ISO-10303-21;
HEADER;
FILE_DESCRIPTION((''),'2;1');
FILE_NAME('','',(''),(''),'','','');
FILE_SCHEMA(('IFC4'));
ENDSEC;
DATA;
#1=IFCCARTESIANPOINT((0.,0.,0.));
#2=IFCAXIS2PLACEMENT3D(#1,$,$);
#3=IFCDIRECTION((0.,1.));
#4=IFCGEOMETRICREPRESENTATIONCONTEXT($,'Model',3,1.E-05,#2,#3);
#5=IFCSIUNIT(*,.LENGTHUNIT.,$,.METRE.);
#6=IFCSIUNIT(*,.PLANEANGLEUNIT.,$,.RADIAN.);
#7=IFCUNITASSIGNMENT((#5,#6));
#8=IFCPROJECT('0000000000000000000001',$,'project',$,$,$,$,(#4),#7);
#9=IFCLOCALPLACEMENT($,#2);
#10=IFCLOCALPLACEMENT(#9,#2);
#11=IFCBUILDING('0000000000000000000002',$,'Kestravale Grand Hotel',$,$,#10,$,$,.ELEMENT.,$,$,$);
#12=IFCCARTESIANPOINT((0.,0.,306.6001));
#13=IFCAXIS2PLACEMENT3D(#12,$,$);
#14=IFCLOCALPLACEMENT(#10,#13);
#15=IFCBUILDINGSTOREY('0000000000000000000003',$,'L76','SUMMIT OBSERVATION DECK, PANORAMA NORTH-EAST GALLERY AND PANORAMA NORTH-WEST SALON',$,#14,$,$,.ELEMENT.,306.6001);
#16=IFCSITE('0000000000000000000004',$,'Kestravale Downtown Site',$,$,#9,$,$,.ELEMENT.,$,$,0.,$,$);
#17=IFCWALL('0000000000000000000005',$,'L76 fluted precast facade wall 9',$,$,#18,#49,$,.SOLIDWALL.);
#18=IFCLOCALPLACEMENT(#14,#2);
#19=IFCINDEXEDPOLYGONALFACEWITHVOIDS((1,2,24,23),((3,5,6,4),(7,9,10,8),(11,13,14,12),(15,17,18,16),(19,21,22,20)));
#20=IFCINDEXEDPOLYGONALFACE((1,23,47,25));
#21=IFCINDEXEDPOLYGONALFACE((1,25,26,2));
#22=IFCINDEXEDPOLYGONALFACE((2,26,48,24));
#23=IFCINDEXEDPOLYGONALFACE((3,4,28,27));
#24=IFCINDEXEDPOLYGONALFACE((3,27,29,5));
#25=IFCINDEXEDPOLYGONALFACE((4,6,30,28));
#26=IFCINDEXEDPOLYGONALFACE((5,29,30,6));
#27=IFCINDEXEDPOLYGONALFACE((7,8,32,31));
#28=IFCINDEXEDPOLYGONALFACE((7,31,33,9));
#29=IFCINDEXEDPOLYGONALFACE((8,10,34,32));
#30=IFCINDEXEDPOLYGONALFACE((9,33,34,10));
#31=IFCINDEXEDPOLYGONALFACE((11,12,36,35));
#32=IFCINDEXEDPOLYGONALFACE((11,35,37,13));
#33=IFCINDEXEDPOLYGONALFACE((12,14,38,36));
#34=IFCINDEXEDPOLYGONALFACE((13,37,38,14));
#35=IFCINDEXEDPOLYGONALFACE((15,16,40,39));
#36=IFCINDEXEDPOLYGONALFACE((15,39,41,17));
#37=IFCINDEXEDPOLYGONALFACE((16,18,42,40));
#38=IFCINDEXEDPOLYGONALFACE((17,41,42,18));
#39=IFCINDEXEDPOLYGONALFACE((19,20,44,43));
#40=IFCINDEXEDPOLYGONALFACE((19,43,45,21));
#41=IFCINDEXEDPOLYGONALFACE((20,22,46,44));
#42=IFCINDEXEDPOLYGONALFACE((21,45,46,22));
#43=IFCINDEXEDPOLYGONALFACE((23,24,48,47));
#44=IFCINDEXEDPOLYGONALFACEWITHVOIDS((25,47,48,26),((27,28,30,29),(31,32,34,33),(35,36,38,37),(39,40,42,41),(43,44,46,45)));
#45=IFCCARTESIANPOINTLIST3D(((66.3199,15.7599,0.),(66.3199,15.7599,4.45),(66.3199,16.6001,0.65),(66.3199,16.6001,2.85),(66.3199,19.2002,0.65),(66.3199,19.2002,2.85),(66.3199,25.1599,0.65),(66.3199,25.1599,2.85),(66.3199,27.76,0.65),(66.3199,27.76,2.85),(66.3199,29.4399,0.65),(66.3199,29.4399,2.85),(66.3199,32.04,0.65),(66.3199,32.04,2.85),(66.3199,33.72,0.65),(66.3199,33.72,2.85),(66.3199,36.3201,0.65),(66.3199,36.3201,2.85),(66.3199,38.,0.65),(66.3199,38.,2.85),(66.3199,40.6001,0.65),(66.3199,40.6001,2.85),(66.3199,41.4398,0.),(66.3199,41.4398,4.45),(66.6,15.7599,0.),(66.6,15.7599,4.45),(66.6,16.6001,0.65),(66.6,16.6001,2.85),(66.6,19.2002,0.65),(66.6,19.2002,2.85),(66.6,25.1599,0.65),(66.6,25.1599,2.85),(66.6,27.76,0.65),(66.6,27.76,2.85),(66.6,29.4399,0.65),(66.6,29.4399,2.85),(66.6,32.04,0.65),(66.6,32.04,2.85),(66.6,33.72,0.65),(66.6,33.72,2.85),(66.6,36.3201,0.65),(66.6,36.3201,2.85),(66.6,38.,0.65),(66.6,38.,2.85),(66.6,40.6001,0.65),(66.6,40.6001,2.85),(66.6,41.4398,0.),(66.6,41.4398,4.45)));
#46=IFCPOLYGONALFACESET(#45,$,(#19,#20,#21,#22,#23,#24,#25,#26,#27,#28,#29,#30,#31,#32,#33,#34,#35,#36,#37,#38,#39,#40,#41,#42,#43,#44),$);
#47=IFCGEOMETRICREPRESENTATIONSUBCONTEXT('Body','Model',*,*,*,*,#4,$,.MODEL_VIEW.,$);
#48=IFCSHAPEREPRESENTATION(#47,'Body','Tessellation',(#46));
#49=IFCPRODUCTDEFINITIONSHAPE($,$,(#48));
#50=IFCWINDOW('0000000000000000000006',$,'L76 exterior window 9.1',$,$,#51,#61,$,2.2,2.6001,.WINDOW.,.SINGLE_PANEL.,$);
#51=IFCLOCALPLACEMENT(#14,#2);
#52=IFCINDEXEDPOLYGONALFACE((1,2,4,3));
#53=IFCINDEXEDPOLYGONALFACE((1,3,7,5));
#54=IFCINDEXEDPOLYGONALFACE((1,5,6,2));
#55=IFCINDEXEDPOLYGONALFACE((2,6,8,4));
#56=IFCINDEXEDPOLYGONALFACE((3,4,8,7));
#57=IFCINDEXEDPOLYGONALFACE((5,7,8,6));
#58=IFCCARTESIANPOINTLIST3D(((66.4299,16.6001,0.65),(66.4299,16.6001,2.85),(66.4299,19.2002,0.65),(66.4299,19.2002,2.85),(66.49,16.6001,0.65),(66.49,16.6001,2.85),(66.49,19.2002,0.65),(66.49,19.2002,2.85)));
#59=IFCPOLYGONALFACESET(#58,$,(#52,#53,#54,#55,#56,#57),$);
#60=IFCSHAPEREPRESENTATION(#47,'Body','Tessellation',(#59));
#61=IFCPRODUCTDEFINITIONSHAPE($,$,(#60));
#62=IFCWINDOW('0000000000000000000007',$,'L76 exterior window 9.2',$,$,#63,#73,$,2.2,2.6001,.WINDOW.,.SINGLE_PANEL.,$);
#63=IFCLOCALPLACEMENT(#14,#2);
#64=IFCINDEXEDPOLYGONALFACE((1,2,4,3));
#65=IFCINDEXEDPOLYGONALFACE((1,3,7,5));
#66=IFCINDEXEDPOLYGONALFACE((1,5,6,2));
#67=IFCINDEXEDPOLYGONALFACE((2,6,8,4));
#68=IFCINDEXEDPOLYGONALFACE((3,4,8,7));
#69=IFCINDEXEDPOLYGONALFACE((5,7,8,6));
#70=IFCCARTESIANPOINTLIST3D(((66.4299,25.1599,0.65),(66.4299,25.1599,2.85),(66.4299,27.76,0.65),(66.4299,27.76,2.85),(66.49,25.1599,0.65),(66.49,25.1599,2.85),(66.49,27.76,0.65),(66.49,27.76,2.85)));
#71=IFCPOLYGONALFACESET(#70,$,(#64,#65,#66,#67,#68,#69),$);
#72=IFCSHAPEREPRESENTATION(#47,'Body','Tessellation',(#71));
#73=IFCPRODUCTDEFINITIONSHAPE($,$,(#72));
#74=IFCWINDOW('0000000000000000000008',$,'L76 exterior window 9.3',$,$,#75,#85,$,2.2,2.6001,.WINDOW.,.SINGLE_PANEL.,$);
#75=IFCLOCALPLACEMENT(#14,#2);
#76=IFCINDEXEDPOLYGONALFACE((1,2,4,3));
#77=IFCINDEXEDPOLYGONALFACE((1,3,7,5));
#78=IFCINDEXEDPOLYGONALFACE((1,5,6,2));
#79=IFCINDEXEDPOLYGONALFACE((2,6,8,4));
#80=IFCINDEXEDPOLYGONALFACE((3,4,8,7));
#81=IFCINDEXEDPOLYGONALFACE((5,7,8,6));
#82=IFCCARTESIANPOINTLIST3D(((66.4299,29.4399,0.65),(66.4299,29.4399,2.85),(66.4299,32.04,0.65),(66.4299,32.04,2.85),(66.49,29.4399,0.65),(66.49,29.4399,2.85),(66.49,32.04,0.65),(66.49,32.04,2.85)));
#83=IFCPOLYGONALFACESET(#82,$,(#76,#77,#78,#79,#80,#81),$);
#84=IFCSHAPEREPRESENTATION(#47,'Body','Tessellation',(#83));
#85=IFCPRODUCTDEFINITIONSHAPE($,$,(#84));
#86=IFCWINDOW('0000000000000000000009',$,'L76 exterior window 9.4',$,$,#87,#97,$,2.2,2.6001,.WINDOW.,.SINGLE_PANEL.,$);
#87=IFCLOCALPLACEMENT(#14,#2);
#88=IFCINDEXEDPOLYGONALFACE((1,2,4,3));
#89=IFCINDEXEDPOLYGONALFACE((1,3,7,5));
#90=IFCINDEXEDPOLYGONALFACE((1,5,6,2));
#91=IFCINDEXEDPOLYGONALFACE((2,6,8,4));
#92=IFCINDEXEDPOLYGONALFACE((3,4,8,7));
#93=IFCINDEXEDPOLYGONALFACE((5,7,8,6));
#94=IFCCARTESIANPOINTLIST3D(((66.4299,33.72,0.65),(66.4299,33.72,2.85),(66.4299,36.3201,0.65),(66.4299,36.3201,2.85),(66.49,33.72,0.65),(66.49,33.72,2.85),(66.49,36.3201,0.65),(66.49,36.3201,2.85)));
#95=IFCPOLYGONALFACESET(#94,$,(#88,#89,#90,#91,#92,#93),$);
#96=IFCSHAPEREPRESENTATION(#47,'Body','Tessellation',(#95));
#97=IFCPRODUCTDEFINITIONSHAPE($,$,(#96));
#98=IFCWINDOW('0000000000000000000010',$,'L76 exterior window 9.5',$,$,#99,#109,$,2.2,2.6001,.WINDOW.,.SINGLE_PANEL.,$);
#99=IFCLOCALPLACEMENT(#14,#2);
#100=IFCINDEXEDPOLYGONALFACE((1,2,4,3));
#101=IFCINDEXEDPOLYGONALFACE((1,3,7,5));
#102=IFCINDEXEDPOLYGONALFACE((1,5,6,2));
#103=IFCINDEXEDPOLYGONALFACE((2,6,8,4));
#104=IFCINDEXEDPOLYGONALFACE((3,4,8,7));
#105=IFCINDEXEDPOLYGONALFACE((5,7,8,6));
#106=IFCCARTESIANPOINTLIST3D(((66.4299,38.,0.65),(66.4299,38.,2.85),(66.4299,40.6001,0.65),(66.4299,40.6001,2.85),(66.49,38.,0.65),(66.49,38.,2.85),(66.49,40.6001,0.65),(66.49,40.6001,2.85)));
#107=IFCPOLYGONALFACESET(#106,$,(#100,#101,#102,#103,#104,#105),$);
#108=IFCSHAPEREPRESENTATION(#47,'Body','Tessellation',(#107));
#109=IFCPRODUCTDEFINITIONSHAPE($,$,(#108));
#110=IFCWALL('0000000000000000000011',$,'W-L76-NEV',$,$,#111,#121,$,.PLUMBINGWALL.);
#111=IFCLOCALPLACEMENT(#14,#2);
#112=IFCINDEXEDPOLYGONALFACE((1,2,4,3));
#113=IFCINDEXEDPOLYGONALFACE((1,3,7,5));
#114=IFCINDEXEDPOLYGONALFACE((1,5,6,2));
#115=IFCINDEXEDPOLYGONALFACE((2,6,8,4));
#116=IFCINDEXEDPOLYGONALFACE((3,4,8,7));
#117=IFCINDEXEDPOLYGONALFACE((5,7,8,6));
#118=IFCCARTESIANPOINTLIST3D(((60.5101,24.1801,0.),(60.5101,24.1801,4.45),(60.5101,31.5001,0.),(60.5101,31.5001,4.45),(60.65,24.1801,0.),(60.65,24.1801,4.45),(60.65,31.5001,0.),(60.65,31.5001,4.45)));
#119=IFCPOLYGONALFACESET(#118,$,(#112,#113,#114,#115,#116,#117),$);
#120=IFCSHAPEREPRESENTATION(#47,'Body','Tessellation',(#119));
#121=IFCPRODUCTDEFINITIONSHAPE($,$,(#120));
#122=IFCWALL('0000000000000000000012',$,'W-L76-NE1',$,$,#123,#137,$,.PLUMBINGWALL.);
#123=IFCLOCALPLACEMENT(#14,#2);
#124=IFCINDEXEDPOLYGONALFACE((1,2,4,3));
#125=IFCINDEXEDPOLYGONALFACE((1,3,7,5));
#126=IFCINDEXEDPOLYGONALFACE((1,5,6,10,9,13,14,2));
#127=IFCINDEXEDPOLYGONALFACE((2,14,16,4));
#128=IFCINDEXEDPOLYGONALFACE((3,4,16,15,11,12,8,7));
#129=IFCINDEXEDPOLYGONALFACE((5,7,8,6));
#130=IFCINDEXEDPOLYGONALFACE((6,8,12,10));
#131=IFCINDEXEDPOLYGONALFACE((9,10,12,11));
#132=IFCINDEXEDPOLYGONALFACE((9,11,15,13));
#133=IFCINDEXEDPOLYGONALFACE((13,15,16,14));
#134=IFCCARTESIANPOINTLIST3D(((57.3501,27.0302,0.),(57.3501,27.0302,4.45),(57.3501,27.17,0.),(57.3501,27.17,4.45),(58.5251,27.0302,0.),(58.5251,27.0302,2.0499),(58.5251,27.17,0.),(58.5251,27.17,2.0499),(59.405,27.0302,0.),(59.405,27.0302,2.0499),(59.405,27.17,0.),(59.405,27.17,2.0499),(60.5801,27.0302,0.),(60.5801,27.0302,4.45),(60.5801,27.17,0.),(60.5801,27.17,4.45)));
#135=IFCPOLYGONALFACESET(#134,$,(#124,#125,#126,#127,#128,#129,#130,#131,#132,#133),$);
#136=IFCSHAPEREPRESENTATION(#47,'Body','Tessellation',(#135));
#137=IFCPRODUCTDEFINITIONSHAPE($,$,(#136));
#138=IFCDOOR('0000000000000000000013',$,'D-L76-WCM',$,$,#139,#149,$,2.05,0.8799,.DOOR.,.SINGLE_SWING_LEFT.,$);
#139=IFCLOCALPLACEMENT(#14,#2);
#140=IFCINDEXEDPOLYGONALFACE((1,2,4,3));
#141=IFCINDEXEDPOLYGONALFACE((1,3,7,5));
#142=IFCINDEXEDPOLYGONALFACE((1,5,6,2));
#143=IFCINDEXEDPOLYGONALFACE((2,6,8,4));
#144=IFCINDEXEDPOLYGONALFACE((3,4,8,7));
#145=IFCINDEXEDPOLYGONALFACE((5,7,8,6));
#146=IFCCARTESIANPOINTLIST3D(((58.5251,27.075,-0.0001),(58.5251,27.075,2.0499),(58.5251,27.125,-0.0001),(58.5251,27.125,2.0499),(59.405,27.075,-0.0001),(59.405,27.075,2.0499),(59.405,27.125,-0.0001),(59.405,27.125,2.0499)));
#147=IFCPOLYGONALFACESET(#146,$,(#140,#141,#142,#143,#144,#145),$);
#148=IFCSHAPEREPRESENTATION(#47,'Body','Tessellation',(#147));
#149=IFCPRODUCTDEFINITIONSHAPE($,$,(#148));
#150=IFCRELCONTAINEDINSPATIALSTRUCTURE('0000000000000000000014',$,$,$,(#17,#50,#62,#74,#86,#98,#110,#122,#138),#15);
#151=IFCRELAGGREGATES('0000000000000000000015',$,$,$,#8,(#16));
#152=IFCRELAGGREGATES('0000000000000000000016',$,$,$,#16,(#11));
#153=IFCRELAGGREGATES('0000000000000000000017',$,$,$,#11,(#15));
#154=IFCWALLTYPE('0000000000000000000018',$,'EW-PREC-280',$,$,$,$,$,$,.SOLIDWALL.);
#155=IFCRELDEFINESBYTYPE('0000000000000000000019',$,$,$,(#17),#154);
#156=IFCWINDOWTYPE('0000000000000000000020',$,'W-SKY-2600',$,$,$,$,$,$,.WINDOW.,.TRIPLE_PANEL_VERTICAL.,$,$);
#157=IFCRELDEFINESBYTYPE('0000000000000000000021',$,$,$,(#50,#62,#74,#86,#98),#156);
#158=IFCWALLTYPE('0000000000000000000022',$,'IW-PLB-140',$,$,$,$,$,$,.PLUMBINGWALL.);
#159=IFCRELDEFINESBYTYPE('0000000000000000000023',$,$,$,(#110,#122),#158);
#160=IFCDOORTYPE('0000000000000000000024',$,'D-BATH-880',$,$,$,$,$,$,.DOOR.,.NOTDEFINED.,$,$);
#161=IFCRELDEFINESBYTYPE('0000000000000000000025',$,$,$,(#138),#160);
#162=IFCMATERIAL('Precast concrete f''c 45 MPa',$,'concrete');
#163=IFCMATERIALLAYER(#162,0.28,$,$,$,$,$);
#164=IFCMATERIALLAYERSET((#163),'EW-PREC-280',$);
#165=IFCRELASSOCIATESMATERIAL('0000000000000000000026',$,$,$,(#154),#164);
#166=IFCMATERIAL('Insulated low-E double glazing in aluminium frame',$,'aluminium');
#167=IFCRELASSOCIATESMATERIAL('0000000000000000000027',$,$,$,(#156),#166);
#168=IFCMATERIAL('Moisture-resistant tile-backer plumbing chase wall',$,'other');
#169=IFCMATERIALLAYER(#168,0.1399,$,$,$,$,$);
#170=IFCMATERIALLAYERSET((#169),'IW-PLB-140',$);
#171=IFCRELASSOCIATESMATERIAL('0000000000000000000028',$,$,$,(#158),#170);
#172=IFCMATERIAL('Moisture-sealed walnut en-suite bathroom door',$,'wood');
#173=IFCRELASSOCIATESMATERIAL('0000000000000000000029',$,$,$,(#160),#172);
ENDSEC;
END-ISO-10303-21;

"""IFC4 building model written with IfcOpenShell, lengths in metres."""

from ifc_helpers import new_model, si_unit, direction, frame, frame_2d, origin, place, context, subcontext, project, spatial, rectangle, extrude, material, layer, layer_set, type_object, element, fill, save


model = new_model("IFC4")

# Units and contexts
model_context = context("Model", 3, precision=1e-05, world=origin(), true_north=direction((0.0, 1.0)))
body_context = subcontext(model_context, "Body", "Model", "MODEL_VIEW")
ifc_project = project(units=[si_unit("LENGTHUNIT", "METRE"), si_unit("PLANEANGLEUNIT", "RADIAN")], contexts=[model_context])

# Site, building, storey
site_placement = place(None, origin())
site = spatial("IfcSite", under=ifc_project, at=site_placement, Name="Kestravale Downtown Site", CompositionType="ELEMENT", RefElevation=0.0)
building_placement = place(site_placement, origin())
building = spatial("IfcBuilding", under=site, at=building_placement, Name="Kestravale Grand Hotel", CompositionType="ELEMENT")
storey_placement = place(building_placement, frame((0.0, 0.0, 306.6001)))
storey = spatial("IfcBuildingStorey", under=building, at=storey_placement, Name="L76", Description="SUMMIT OBSERVATION DECK, PANORAMA NORTH-EAST GALLERY AND PANORAMA NORTH-WEST SALON", CompositionType="ELEMENT", Elevation=306.6001)

# Shared definitions
ifc_material_1 = material(Name="Precast concrete f'c 45 MPa", Category="concrete")
ifc_layer_1 = layer(ifc_material_1, 0.28)
ifc_layer_set_1 = layer_set([ifc_layer_1], Name="EW-PREC-280")
wall_type_1 = type_object("IfcWallType", Name="EW-PREC-280", PredefinedType="SOLIDWALL", material=ifc_layer_set_1)

# Wall, openings, windows
wall_1_placement = place(storey_placement, frame((66.46, 15.76, 0.0), z_axis=(0.0, 0.0, 1.0), x_axis=(0.0, 1.0, 0.0)))
wall_1 = element("IfcWall", 1, at=wall_1_placement, inside=storey, type_object=wall_type_1, Name="L76 fluted precast facade wall 9", PredefinedType="SOLIDWALL", context=body_context, shape_type="SweptSolid", body=[
    extrude(rectangle(XDim=25.6799, YDim=0.28, at=frame_2d((12.8398, 0.0))), origin(), (0.0, 0.0, 1.0), 4.45),
])
opening_1_placement = place(wall_1_placement, frame((0.8401, 0.0, 0.6499)))
opening_1 = element("IfcOpeningElement", 2, at=opening_1_placement, cuts=wall_1, PredefinedType="OPENING", context=body_context, shape_type="SweptSolid", body=[
    extrude(rectangle(XDim=2.6001, YDim=2.2, at=frame_2d((1.3, 1.1001))), frame((0.0, 0.1499, 0.0), z_axis=(0.0, -1.0, 0.0), x_axis=(1.0, 0.0, 0.0)), (0.0, 0.0, 1.0), 0.3),
])
opening_2_placement = place(wall_1_placement, frame((9.3999, 0.0, 0.6499)))
opening_2 = element("IfcOpeningElement", 3, at=opening_2_placement, cuts=wall_1, PredefinedType="OPENING", context=body_context, shape_type="SweptSolid", body=[
    extrude(rectangle(XDim=2.6001, YDim=2.2, at=frame_2d((1.3, 1.1001))), frame((0.0, 0.1499, 0.0), z_axis=(0.0, -1.0, 0.0), x_axis=(1.0, 0.0, 0.0)), (0.0, 0.0, 1.0), 0.3),
])
opening_3_placement = place(wall_1_placement, frame((13.6799, 0.0, 0.6499)))
opening_3 = element("IfcOpeningElement", 4, at=opening_3_placement, cuts=wall_1, PredefinedType="OPENING", context=body_context, shape_type="SweptSolid", body=[
    extrude(rectangle(XDim=2.6001, YDim=2.2, at=frame_2d((1.3, 1.1001))), frame((0.0, 0.1499, 0.0), z_axis=(0.0, -1.0, 0.0), x_axis=(1.0, 0.0, 0.0)), (0.0, 0.0, 1.0), 0.3),
])
opening_4_placement = place(wall_1_placement, frame((17.96, 0.0, 0.6499)))
opening_4 = element("IfcOpeningElement", 5, at=opening_4_placement, cuts=wall_1, PredefinedType="OPENING", context=body_context, shape_type="SweptSolid", body=[
    extrude(rectangle(XDim=2.6001, YDim=2.2, at=frame_2d((1.3, 1.1001))), frame((0.0, 0.1499, 0.0), z_axis=(0.0, -1.0, 0.0), x_axis=(1.0, 0.0, 0.0)), (0.0, 0.0, 1.0), 0.3),
])
opening_5_placement = place(wall_1_placement, frame((22.24, 0.0, 0.6499)))
opening_5 = element("IfcOpeningElement", 6, at=opening_5_placement, cuts=wall_1, PredefinedType="OPENING", context=body_context, shape_type="SweptSolid", body=[
    extrude(rectangle(XDim=2.6001, YDim=2.2, at=frame_2d((1.3, 1.1001))), frame((0.0, 0.1499, 0.0), z_axis=(0.0, -1.0, 0.0), x_axis=(1.0, 0.0, 0.0)), (0.0, 0.0, 1.0), 0.3),
])
ifc_material_2 = material(Name="Insulated low-E double glazing in aluminium frame", Category="aluminium")
window_type = type_object("IfcWindowType", Name="W-SKY-2600", PartitioningType="TRIPLE_PANEL_VERTICAL", PredefinedType="WINDOW", material=ifc_material_2)
window_1_placement = place(opening_1_placement, origin())
window_1 = element("IfcWindow", 7, at=window_1_placement, inside=storey, type_object=window_type, Name="L76 exterior window 9.1", OverallHeight=2.2, OverallWidth=2.6001, PartitioningType="SINGLE_PANEL", PredefinedType="WINDOW", context=body_context, shape_type="SweptSolid", body=[
    extrude(rectangle(XDim=2.6001, YDim=2.2, at=frame_2d((1.3, 1.1001))), frame((0.0, 0.03, 0.0), z_axis=(0.0, -1.0, 0.0), x_axis=(1.0, 0.0, 0.0)), (0.0, 0.0, 1.0), 0.0601),
])
fill(opening_1, window_1)
window_2_placement = place(opening_2_placement, origin())
window_2 = element("IfcWindow", 8, at=window_2_placement, inside=storey, type_object=window_type, Name="L76 exterior window 9.2", OverallHeight=2.2, OverallWidth=2.6001, PartitioningType="SINGLE_PANEL", PredefinedType="WINDOW", context=body_context, shape_type="SweptSolid", body=[
    extrude(rectangle(XDim=2.6001, YDim=2.2, at=frame_2d((1.3, 1.1001))), frame((0.0, 0.03, 0.0), z_axis=(0.0, -1.0, 0.0), x_axis=(1.0, 0.0, 0.0)), (0.0, 0.0, 1.0), 0.0601),
])
fill(opening_2, window_2)
window_3_placement = place(opening_3_placement, origin())
window_3 = element("IfcWindow", 9, at=window_3_placement, inside=storey, type_object=window_type, Name="L76 exterior window 9.3", OverallHeight=2.2, OverallWidth=2.6001, PartitioningType="SINGLE_PANEL", PredefinedType="WINDOW", context=body_context, shape_type="SweptSolid", body=[
    extrude(rectangle(XDim=2.6001, YDim=2.2, at=frame_2d((1.3, 1.1001))), frame((0.0, 0.03, 0.0), z_axis=(0.0, -1.0, 0.0), x_axis=(1.0, 0.0, 0.0)), (0.0, 0.0, 1.0), 0.0601),
])
fill(opening_3, window_3)
window_4_placement = place(opening_4_placement, origin())
window_4 = element("IfcWindow", 10, at=window_4_placement, inside=storey, type_object=window_type, Name="L76 exterior window 9.4", OverallHeight=2.2, OverallWidth=2.6001, PartitioningType="SINGLE_PANEL", PredefinedType="WINDOW", context=body_context, shape_type="SweptSolid", body=[
    extrude(rectangle(XDim=2.6001, YDim=2.2, at=frame_2d((1.3, 1.1001))), frame((0.0, 0.03, 0.0), z_axis=(0.0, -1.0, 0.0), x_axis=(1.0, 0.0, 0.0)), (0.0, 0.0, 1.0), 0.0601),
])
fill(opening_4, window_4)
window_5_placement = place(opening_5_placement, origin())
window_5 = element("IfcWindow", 11, at=window_5_placement, inside=storey, type_object=window_type, Name="L76 exterior window 9.5", OverallHeight=2.2, OverallWidth=2.6001, PartitioningType="SINGLE_PANEL", PredefinedType="WINDOW", context=body_context, shape_type="SweptSolid", body=[
    extrude(rectangle(XDim=2.6001, YDim=2.2, at=frame_2d((1.3, 1.1001))), frame((0.0, 0.03, 0.0), z_axis=(0.0, -1.0, 0.0), x_axis=(1.0, 0.0, 0.0)), (0.0, 0.0, 1.0), 0.0601),
])
fill(opening_5, window_5)

# Wall
ifc_material_3 = material(Name="Moisture-resistant tile-backer plumbing chase wall", Category="other")
ifc_layer_2 = layer(ifc_material_3, 0.1399)
ifc_layer_set_2 = layer_set([ifc_layer_2], Name="IW-PLB-140")
wall_type_2 = type_object("IfcWallType", Name="IW-PLB-140", PredefinedType="PLUMBINGWALL", material=ifc_layer_set_2)
wall_2_placement = place(storey_placement, frame((60.5801, 24.1799, 0.0), z_axis=(0.0, 0.0, 1.0), x_axis=(0.0, 1.0, 0.0)))
element("IfcWall", 12, at=wall_2_placement, inside=storey, type_object=wall_type_2, Name="W-L76-NEV", PredefinedType="PLUMBINGWALL", context=body_context, shape_type="SweptSolid", body=[
    extrude(rectangle(XDim=7.3201, YDim=0.1399, at=frame_2d((3.6602, 0.0))), origin(), (0.0, 0.0, 1.0), 4.45),
])

# Wall, opening, door
wall_3_placement = place(storey_placement, frame((57.3501, 27.1001, 0.0), z_axis=(0.0, 0.0, 1.0), x_axis=(1.0, 0.0, 0.0)))
wall_3 = element("IfcWall", 13, at=wall_3_placement, inside=storey, type_object=wall_type_2, Name="W-L76-NE1", PredefinedType="PLUMBINGWALL", context=body_context, shape_type="SweptSolid", body=[
    extrude(rectangle(XDim=3.23, YDim=0.1399, at=frame_2d((1.615, 0.0))), origin(), (0.0, 0.0, 1.0), 4.45),
])
opening_6_placement = place(wall_3_placement, frame((1.175, 0.0, 0.0)))
opening_6 = element("IfcOpeningElement", 14, at=opening_6_placement, cuts=wall_3, PredefinedType="OPENING", context=body_context, shape_type="SweptSolid", body=[
    extrude(rectangle(XDim=0.8799, YDim=2.05, at=frame_2d((0.4399, 1.0249))), frame((0.0, 0.0798, 0.0), z_axis=(0.0, -1.0, 0.0), x_axis=(1.0, 0.0, 0.0)), (0.0, 0.0, 1.0), 0.1599),
])
ifc_material_4 = material(Name="Moisture-sealed walnut en-suite bathroom door", Category="wood")
door_type_1 = type_object("IfcDoorType", Name="D-BATH-880", OperationType="NOTDEFINED", PredefinedType="DOOR", material=ifc_material_4)
door_1_placement = place(opening_6_placement, origin())
door_1 = element("IfcDoor", 15, at=door_1_placement, inside=storey, type_object=door_type_1, Name="D-L76-WCM", OperationType="SINGLE_SWING_LEFT", OverallHeight=2.05, OverallWidth=0.8799, PredefinedType="DOOR", context=body_context, shape_type="SweptSolid", body=[
    extrude(rectangle(XDim=0.8799, YDim=2.05, at=frame_2d((0.4399, 1.0249))), frame((0.0, 0.0249, 0.0), z_axis=(0.0, -1.0, 0.0), x_axis=(1.0, 0.0, 0.0)), (0.0, 0.0, 1.0), 0.05),
])
fill(opening_6, door_1)

save(model, "model.ifc")
